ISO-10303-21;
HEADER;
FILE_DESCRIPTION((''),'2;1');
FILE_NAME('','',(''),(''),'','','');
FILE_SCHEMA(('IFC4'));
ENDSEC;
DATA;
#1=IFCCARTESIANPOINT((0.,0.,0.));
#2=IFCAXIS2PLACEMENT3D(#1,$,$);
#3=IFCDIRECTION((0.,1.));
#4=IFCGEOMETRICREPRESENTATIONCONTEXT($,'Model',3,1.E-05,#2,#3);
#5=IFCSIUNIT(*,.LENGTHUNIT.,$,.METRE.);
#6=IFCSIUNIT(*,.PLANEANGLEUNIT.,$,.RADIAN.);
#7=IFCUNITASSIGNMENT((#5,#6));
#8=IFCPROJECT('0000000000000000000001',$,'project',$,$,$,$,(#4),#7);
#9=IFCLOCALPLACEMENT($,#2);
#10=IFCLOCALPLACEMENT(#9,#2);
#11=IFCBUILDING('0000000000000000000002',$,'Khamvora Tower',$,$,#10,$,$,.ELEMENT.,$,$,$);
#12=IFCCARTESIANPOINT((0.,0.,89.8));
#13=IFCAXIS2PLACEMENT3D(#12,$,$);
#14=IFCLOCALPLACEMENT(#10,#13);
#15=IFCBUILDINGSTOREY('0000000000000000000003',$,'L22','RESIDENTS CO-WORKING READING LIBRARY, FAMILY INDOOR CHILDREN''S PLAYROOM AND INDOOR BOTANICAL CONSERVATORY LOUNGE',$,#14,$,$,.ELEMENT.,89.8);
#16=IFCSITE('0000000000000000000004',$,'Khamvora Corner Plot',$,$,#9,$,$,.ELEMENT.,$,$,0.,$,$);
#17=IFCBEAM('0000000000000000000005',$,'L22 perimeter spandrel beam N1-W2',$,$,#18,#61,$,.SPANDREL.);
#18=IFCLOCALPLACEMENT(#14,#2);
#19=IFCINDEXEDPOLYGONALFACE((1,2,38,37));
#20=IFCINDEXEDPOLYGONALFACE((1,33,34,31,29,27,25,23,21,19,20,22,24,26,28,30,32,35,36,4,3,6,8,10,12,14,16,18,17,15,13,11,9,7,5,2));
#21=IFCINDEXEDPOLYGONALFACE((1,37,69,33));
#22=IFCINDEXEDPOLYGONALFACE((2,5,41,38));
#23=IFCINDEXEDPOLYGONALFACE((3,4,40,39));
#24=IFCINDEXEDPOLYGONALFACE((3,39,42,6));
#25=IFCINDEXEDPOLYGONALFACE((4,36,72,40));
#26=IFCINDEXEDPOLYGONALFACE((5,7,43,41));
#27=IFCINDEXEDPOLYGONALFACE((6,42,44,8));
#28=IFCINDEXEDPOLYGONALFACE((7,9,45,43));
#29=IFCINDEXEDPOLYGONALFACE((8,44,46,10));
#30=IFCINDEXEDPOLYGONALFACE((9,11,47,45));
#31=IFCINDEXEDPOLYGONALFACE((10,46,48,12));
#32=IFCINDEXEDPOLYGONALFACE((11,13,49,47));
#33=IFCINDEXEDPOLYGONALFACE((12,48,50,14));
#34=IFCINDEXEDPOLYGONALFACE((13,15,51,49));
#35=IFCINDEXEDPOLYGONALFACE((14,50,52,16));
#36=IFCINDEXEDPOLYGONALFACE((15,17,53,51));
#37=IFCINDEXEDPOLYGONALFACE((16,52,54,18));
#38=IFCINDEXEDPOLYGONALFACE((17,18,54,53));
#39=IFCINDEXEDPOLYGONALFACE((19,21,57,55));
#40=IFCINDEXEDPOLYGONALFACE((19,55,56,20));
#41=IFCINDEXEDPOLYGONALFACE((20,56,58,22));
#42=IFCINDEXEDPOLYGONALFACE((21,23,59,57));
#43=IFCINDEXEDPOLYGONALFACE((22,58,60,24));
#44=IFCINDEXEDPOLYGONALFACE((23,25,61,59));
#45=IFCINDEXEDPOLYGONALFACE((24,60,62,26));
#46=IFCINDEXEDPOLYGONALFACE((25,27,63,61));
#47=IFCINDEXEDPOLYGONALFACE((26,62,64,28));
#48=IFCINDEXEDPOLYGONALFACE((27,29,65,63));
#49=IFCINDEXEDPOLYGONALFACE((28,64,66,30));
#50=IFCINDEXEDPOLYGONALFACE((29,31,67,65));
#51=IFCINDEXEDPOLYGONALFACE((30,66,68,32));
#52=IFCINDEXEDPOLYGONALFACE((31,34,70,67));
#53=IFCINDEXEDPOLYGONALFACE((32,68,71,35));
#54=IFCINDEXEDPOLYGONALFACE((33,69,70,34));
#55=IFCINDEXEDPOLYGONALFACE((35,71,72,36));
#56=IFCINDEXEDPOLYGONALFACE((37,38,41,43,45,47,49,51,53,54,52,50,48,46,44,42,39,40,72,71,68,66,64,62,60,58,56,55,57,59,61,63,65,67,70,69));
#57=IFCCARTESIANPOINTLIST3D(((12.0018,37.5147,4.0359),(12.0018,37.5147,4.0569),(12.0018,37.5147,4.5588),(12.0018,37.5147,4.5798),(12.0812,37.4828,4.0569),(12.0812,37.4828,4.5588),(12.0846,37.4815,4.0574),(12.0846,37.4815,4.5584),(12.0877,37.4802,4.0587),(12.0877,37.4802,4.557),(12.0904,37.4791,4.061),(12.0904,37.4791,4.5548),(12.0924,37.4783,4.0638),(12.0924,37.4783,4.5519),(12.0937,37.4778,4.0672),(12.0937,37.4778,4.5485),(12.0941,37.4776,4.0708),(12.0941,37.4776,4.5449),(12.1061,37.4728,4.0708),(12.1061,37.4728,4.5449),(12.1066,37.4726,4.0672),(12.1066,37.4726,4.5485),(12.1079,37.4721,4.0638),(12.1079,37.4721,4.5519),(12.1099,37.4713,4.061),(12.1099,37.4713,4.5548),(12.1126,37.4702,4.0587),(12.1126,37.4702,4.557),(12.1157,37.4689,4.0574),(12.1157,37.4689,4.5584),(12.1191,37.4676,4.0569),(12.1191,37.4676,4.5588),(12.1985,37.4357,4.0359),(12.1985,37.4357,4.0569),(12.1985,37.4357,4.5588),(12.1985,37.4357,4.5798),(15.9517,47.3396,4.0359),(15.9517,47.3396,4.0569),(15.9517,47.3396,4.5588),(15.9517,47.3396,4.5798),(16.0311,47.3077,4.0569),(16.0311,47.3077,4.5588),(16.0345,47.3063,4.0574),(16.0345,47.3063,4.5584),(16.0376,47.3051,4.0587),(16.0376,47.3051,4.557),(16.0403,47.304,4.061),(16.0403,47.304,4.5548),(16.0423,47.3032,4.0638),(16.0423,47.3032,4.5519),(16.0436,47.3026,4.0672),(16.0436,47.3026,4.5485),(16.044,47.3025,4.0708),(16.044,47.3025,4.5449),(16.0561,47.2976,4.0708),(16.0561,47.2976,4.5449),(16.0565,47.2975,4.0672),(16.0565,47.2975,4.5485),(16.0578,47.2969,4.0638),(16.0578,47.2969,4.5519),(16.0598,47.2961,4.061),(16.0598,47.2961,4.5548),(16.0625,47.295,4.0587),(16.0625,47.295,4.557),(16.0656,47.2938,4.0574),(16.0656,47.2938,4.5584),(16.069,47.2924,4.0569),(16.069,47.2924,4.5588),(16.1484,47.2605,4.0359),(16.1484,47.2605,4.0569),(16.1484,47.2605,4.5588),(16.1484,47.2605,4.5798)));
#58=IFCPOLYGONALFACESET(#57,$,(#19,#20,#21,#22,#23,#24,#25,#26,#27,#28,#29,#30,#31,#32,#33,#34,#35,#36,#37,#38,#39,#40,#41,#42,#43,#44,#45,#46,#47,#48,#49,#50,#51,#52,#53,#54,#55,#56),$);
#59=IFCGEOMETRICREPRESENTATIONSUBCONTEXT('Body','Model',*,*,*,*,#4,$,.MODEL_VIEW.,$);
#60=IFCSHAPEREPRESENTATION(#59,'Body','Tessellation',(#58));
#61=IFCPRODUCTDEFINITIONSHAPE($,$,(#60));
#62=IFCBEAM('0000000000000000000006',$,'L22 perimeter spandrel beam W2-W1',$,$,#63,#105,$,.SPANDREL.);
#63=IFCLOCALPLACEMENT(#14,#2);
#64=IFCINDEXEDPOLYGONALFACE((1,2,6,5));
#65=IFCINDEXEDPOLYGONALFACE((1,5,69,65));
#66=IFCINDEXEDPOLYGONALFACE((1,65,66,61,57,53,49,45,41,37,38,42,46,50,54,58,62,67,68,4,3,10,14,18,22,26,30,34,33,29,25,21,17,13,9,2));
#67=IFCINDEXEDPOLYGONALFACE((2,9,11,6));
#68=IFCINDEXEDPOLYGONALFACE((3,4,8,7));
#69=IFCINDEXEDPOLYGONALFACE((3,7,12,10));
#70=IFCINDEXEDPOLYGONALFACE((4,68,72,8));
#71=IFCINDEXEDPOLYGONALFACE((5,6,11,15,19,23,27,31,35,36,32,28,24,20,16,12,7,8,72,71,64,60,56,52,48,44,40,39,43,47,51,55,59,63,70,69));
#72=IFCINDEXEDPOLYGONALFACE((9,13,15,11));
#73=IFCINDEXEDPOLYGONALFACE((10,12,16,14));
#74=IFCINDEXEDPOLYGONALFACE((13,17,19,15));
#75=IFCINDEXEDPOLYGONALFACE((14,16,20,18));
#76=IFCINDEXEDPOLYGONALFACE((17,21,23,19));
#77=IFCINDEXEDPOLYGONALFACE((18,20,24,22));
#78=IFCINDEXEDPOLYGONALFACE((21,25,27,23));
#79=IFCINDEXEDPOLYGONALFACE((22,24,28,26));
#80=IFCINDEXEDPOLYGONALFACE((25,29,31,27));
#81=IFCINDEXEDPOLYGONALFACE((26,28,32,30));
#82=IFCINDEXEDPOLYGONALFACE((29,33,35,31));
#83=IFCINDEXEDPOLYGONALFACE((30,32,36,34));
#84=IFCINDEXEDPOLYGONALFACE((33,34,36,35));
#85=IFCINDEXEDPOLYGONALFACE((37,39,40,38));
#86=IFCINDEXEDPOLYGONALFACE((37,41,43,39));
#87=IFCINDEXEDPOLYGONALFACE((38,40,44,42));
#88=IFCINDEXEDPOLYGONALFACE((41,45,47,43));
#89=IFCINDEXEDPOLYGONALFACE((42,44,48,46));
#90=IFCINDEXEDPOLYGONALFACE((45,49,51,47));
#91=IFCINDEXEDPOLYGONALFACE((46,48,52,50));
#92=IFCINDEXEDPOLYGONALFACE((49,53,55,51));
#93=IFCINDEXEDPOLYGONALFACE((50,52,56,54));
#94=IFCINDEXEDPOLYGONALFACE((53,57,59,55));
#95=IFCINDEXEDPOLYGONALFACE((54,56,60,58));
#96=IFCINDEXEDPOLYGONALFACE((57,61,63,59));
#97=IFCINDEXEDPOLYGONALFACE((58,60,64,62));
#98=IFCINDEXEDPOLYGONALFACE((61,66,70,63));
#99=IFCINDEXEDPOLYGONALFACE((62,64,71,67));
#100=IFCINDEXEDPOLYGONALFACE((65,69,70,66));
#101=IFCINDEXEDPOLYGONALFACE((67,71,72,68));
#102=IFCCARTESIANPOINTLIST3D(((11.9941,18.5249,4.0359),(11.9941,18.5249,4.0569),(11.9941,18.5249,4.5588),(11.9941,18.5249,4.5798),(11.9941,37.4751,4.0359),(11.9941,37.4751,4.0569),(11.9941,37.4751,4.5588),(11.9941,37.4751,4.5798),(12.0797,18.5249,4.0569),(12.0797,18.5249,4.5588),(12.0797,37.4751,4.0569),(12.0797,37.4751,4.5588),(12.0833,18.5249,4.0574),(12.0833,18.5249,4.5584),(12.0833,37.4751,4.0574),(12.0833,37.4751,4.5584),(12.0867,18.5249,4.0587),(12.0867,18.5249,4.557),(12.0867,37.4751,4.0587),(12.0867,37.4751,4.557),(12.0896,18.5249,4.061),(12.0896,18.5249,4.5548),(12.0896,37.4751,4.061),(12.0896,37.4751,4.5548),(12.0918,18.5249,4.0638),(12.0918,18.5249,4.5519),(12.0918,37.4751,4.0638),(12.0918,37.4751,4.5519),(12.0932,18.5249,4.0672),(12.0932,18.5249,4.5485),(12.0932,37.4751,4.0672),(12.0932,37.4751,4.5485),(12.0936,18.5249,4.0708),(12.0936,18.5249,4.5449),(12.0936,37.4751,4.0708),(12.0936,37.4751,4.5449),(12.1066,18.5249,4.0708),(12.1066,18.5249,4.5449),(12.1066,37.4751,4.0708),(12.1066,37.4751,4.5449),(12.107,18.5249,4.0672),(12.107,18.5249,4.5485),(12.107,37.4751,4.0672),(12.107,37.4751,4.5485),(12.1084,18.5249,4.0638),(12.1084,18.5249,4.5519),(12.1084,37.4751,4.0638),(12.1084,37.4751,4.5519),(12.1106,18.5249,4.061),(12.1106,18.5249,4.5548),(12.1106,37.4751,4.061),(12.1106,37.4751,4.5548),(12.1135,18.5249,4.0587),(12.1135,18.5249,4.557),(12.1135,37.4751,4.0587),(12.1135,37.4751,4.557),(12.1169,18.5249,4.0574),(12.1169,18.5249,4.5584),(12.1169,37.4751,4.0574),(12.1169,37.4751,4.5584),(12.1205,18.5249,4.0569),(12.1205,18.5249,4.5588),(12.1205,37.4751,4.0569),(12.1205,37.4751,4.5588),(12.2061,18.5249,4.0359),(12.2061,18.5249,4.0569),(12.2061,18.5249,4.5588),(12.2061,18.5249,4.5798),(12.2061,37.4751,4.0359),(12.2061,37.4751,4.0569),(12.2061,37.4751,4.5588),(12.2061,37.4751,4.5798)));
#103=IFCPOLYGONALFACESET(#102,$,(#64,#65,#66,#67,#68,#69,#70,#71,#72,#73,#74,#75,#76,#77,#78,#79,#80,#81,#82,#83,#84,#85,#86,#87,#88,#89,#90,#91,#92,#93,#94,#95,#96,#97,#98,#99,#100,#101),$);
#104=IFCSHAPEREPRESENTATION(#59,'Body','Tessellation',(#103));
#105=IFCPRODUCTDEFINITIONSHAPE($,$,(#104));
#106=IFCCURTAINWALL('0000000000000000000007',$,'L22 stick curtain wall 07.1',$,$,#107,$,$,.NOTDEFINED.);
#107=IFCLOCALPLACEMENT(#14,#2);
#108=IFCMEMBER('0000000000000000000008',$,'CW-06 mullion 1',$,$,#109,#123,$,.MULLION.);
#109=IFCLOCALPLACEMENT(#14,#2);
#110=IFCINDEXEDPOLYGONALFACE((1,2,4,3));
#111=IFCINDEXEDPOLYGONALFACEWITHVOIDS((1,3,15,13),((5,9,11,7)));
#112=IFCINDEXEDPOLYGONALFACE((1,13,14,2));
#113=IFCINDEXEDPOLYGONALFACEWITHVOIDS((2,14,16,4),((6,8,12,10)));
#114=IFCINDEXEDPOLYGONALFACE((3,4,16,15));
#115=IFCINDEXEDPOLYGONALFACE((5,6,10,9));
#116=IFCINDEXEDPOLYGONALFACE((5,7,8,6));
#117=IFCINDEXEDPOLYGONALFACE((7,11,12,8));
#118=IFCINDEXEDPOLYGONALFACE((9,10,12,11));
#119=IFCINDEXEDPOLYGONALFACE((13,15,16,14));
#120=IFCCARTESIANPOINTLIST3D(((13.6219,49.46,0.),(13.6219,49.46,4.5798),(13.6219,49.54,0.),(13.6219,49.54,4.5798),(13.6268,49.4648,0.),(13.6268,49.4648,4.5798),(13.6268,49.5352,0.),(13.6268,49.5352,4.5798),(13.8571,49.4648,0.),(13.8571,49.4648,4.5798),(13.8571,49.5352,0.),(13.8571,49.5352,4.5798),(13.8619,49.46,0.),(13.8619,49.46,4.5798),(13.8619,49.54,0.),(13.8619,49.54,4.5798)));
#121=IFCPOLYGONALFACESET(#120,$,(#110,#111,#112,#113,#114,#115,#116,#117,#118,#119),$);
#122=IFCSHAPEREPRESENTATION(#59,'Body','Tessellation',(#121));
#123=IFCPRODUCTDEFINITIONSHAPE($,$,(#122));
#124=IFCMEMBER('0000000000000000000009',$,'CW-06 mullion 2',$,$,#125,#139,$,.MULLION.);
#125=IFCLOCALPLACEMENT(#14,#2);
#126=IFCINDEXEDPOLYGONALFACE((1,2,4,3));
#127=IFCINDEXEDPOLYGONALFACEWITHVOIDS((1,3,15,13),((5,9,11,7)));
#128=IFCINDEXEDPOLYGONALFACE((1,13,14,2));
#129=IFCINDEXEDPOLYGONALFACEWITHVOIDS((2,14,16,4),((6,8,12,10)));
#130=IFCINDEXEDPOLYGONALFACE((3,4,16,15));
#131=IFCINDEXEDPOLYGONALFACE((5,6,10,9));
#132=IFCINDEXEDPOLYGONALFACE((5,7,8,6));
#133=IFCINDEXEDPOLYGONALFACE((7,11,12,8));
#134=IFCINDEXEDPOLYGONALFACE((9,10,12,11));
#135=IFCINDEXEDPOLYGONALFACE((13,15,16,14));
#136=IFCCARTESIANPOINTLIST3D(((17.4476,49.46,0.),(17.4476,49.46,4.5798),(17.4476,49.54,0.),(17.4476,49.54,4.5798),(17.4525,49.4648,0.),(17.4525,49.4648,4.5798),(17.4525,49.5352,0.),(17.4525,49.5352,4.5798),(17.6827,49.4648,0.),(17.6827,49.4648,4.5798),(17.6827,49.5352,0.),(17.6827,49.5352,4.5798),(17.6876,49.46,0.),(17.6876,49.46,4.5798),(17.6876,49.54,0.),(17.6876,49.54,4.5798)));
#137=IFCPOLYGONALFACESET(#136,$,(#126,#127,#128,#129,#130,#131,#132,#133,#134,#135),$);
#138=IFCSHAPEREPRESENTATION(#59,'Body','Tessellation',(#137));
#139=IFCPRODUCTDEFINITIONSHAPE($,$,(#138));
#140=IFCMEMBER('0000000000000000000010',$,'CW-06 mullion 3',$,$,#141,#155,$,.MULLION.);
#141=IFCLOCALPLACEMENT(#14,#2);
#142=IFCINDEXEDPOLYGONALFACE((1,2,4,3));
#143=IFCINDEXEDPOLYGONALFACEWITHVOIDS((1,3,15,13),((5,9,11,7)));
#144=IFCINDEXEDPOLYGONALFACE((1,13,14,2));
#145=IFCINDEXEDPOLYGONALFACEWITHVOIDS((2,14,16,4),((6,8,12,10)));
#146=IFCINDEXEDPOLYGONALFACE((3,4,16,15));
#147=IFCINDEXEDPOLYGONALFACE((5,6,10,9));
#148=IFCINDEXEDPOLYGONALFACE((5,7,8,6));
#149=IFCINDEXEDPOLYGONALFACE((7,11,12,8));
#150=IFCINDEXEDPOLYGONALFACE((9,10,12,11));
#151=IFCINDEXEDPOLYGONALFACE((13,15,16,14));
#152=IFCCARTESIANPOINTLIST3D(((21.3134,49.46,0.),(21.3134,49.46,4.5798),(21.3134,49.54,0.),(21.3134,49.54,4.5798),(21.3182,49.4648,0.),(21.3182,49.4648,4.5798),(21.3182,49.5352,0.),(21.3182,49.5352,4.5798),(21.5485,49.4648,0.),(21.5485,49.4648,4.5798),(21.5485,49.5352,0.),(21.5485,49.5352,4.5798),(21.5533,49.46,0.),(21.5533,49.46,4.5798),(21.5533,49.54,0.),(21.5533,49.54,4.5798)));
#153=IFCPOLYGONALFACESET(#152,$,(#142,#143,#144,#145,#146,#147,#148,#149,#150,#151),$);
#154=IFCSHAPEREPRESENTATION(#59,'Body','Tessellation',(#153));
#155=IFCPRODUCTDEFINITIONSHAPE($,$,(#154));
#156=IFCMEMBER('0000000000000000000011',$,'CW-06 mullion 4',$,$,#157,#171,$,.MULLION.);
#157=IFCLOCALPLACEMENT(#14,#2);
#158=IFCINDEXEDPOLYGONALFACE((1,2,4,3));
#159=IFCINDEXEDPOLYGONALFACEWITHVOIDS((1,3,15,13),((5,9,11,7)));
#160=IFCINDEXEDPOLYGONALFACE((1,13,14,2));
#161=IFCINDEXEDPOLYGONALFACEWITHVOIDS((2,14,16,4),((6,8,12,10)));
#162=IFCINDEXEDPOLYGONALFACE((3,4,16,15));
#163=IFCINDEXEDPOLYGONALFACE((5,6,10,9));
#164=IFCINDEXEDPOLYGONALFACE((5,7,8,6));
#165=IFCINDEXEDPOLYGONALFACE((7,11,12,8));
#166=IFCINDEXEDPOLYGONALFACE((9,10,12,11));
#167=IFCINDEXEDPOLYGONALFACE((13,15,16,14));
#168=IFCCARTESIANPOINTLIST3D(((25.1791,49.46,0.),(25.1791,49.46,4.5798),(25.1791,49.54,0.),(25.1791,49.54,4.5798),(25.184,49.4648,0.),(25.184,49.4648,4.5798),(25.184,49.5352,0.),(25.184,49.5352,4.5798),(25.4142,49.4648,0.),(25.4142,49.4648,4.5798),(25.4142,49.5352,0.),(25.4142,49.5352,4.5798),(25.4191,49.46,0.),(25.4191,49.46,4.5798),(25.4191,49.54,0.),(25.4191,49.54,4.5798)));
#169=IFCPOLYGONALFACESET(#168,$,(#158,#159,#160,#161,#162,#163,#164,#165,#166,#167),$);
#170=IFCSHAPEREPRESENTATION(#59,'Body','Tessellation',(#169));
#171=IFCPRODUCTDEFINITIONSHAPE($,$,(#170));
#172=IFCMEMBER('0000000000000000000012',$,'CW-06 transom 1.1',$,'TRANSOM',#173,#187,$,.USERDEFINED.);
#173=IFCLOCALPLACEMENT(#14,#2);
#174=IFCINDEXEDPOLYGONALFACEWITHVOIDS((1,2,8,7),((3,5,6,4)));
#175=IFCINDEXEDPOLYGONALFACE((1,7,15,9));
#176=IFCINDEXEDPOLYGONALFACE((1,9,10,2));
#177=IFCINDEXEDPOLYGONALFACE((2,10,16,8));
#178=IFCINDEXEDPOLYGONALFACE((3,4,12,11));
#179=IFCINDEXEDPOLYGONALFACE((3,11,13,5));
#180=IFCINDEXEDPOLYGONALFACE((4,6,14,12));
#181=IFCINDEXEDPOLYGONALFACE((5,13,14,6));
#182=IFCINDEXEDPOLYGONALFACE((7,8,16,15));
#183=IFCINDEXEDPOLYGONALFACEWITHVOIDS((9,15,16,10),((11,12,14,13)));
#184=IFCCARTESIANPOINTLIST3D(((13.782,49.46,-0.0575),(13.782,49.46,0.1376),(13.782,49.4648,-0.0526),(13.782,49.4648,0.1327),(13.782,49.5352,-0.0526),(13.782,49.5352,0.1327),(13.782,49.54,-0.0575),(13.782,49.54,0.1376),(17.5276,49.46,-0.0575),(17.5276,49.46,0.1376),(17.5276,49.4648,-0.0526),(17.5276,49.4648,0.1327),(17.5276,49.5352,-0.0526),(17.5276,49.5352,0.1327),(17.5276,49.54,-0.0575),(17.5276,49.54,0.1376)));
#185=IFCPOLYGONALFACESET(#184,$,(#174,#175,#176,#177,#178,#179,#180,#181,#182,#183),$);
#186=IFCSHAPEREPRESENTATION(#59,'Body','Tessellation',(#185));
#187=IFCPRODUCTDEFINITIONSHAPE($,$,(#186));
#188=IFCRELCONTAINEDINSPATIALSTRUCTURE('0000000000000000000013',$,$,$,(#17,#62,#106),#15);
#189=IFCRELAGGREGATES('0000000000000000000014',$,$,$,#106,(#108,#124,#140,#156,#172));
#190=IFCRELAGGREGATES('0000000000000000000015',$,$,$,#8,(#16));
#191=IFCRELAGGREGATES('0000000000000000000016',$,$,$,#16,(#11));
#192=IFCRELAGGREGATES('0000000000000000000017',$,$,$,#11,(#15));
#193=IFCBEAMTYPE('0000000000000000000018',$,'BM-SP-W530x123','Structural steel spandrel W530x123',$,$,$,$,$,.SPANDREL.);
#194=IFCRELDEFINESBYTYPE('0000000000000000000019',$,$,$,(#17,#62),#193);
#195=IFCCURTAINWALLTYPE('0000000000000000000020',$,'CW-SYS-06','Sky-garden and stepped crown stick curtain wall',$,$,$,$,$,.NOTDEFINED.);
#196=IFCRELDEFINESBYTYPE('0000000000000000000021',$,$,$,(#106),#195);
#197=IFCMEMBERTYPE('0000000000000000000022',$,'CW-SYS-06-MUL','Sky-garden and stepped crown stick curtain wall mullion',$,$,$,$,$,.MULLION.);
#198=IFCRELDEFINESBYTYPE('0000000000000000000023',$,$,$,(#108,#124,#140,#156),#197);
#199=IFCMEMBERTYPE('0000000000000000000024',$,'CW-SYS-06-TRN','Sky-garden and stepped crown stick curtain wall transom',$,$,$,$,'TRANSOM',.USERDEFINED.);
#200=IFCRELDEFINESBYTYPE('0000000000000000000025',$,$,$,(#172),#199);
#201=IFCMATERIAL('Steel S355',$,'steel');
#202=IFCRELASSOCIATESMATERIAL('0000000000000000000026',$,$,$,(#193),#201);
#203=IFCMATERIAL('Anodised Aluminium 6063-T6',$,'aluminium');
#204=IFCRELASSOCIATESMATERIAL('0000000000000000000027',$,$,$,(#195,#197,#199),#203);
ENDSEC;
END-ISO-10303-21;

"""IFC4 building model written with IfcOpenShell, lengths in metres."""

from ifc_helpers import new_model, si_unit, direction, frame, origin, origin_2d, place, context, subcontext, project, spatial, hollow_rectangle, i_section, extrude, material, material_profile, profile_set, type_object, element, aggregate, save


model = new_model("IFC4")

# Units and contexts
model_context = context("Model", 3, precision=1e-05, world=origin(), true_north=direction((0.0, 1.0)))
body_context = subcontext(model_context, "Body", "Model", "MODEL_VIEW")
ifc_project = project(units=[si_unit("LENGTHUNIT", "METRE"), si_unit("PLANEANGLEUNIT", "RADIAN")], contexts=[model_context])

# Site, building, storey
site_placement = place(None, origin())
site = spatial("IfcSite", under=ifc_project, at=site_placement, Name="Khamvora Corner Plot", CompositionType="ELEMENT", RefElevation=0.0)
building_placement = place(site_placement, origin())
building = spatial("IfcBuilding", under=site, at=building_placement, Name="Khamvora Tower", CompositionType="ELEMENT")
storey_placement = place(building_placement, frame((0.0, 0.0, 89.8)))
storey = spatial("IfcBuildingStorey", under=building, at=storey_placement, Name="L22", Description="RESIDENTS CO-WORKING READING LIBRARY, FAMILY INDOOR CHILDREN'S PLAYROOM AND INDOOR BOTANICAL CONSERVATORY LOUNGE", CompositionType="ELEMENT", Elevation=89.8)

# Shared definitions
ifc_material_1 = material(Name="Steel S355", Category="steel")

# Beams
ifc_material_profile_1 = material_profile(ifc_material_1, i_section(OverallWidth=0.2119, OverallDepth=0.5439, WebThickness=0.0129, FlangeThickness=0.021, FilletRadius=0.0139, at=origin_2d()), Name="W530x123")
ifc_profile_set_1 = profile_set([ifc_material_profile_1], Name="Steel S355")
beam_type_1 = type_object("IfcBeamType", Name="BM-SP-W530x123", Description="Structural steel spandrel W530x123", PredefinedType="SPANDREL", material=ifc_profile_set_1)
beam_1_placement = place(storey_placement, frame((16.05, 47.3, 4.3079), z_axis=(-0.373016, -0.927825, 0.0), x_axis=(0.927825, -0.373016, 0.0)))
element("IfcBeam", 1, at=beam_1_placement, inside=storey, type_object=beam_type_1, Name="L22 perimeter spandrel beam N1-W2", PredefinedType="SPANDREL", context=body_context, shape_type="SweptSolid", body=[
    extrude(i_section(OverallWidth=0.2119, OverallDepth=0.5439, WebThickness=0.0129, FlangeThickness=0.021, FilletRadius=0.0139, at=origin_2d()), origin(), (0.0, 0.0, 1.0), 10.5891),
])
beam_2_placement = place(storey_placement, frame((12.1001, 37.4751, 4.3079), z_axis=(0.0, -1.0, 0.0), x_axis=(1.0, 0.0, 0.0)))
element("IfcBeam", 2, at=beam_2_placement, inside=storey, type_object=beam_type_1, Name="L22 perimeter spandrel beam W2-W1", PredefinedType="SPANDREL", context=body_context, shape_type="SweptSolid", body=[
    extrude(i_section(OverallWidth=0.2119, OverallDepth=0.5439, WebThickness=0.0129, FlangeThickness=0.021, FilletRadius=0.0139, at=origin_2d()), origin(), (0.0, 0.0, 1.0), 18.9502),
])

# Curtain wall, members
ifc_material_2 = material(Name="Anodised Aluminium 6063-T6", Category="aluminium")
curtain_wall_type = type_object("IfcCurtainWallType", Name="CW-SYS-06", Description="Sky-garden and stepped crown stick curtain wall", PredefinedType="NOTDEFINED", material=ifc_material_2)
curtain_wall_placement = place(storey_placement, origin())
curtain_wall = element("IfcCurtainWall", 3, at=curtain_wall_placement, inside=storey, type_object=curtain_wall_type, Name="L22 stick curtain wall 07.1", PredefinedType="NOTDEFINED")
ifc_material_profile_2 = material_profile(ifc_material_2, hollow_rectangle(XDim=0.0801, YDim=0.24, WallThickness=0.0049, at=origin_2d()), Name="MUL80x240x5")
ifc_profile_set_2 = profile_set([ifc_material_profile_2], Name="Anodised Aluminium 6063-T6")
member_type_1 = type_object("IfcMemberType", Name="CW-SYS-06-MUL", Description="Sky-garden and stepped crown stick curtain wall mullion", PredefinedType="MULLION", material=ifc_profile_set_2)
member_1_placement = place(storey_placement, frame((13.7419, 49.5, 0.0), z_axis=(0.0, 0.0, 1.0), x_axis=(0.0, 1.0, 0.0)))
member_1 = element("IfcMember", 4, at=member_1_placement, type_object=member_type_1, Name="CW-06 mullion 1", PredefinedType="MULLION", context=body_context, shape_type="SweptSolid", body=[
    extrude(hollow_rectangle(XDim=0.0801, YDim=0.24, WallThickness=0.0049, at=origin_2d()), origin(), (0.0, 0.0, 1.0), 4.5798),
])
member_2_placement = place(storey_placement, frame((17.5676, 49.5, 0.0), z_axis=(0.0, 0.0, 1.0), x_axis=(0.0, 1.0, 0.0)))
member_2 = element("IfcMember", 5, at=member_2_placement, type_object=member_type_1, Name="CW-06 mullion 2", PredefinedType="MULLION", context=body_context, shape_type="SweptSolid", body=[
    extrude(hollow_rectangle(XDim=0.0801, YDim=0.24, WallThickness=0.0049, at=origin_2d()), origin(), (0.0, 0.0, 1.0), 4.5798),
])
member_3_placement = place(storey_placement, frame((21.4333, 49.5, 0.0), z_axis=(0.0, 0.0, 1.0), x_axis=(0.0, 1.0, 0.0)))
member_3 = element("IfcMember", 6, at=member_3_placement, type_object=member_type_1, Name="CW-06 mullion 3", PredefinedType="MULLION", context=body_context, shape_type="SweptSolid", body=[
    extrude(hollow_rectangle(XDim=0.0801, YDim=0.24, WallThickness=0.0049, at=origin_2d()), origin(), (0.0, 0.0, 1.0), 4.5798),
])
member_4_placement = place(storey_placement, frame((25.2991, 49.5, 0.0), z_axis=(0.0, 0.0, 1.0), x_axis=(0.0, 1.0, 0.0)))
member_4 = element("IfcMember", 7, at=member_4_placement, type_object=member_type_1, Name="CW-06 mullion 4", PredefinedType="MULLION", context=body_context, shape_type="SweptSolid", body=[
    extrude(hollow_rectangle(XDim=0.0801, YDim=0.24, WallThickness=0.0049, at=origin_2d()), origin(), (0.0, 0.0, 1.0), 4.5798),
])
ifc_material_profile_3 = material_profile(ifc_material_2, hollow_rectangle(XDim=0.0801, YDim=0.1951, WallThickness=0.0049, at=origin_2d()), Name="TRN80x195x5")
ifc_profile_set_3 = profile_set([ifc_material_profile_3], Name="Anodised Aluminium 6063-T6")
member_type_2 = type_object("IfcMemberType", Name="CW-SYS-06-TRN", Description="Sky-garden and stepped crown stick curtain wall transom", ElementType="TRANSOM", PredefinedType="USERDEFINED", material=ifc_profile_set_3)
member_5_placement = place(storey_placement, frame((13.782, 49.5, 0.04), z_axis=(1.0, 0.0, 0.0), x_axis=(0.0, 1.0, 0.0)))
member_5 = element("IfcMember", 8, at=member_5_placement, type_object=member_type_2, Name="CW-06 transom 1.1", ObjectType="TRANSOM", PredefinedType="USERDEFINED", context=body_context, shape_type="SweptSolid", body=[
    extrude(hollow_rectangle(XDim=0.0801, YDim=0.1951, WallThickness=0.0049, at=origin_2d()), origin(), (0.0, 0.0, 1.0), 3.7456),
])
aggregate(curtain_wall, [member_1, member_2, member_3, member_4, member_5])

save(model, "model.ifc")
